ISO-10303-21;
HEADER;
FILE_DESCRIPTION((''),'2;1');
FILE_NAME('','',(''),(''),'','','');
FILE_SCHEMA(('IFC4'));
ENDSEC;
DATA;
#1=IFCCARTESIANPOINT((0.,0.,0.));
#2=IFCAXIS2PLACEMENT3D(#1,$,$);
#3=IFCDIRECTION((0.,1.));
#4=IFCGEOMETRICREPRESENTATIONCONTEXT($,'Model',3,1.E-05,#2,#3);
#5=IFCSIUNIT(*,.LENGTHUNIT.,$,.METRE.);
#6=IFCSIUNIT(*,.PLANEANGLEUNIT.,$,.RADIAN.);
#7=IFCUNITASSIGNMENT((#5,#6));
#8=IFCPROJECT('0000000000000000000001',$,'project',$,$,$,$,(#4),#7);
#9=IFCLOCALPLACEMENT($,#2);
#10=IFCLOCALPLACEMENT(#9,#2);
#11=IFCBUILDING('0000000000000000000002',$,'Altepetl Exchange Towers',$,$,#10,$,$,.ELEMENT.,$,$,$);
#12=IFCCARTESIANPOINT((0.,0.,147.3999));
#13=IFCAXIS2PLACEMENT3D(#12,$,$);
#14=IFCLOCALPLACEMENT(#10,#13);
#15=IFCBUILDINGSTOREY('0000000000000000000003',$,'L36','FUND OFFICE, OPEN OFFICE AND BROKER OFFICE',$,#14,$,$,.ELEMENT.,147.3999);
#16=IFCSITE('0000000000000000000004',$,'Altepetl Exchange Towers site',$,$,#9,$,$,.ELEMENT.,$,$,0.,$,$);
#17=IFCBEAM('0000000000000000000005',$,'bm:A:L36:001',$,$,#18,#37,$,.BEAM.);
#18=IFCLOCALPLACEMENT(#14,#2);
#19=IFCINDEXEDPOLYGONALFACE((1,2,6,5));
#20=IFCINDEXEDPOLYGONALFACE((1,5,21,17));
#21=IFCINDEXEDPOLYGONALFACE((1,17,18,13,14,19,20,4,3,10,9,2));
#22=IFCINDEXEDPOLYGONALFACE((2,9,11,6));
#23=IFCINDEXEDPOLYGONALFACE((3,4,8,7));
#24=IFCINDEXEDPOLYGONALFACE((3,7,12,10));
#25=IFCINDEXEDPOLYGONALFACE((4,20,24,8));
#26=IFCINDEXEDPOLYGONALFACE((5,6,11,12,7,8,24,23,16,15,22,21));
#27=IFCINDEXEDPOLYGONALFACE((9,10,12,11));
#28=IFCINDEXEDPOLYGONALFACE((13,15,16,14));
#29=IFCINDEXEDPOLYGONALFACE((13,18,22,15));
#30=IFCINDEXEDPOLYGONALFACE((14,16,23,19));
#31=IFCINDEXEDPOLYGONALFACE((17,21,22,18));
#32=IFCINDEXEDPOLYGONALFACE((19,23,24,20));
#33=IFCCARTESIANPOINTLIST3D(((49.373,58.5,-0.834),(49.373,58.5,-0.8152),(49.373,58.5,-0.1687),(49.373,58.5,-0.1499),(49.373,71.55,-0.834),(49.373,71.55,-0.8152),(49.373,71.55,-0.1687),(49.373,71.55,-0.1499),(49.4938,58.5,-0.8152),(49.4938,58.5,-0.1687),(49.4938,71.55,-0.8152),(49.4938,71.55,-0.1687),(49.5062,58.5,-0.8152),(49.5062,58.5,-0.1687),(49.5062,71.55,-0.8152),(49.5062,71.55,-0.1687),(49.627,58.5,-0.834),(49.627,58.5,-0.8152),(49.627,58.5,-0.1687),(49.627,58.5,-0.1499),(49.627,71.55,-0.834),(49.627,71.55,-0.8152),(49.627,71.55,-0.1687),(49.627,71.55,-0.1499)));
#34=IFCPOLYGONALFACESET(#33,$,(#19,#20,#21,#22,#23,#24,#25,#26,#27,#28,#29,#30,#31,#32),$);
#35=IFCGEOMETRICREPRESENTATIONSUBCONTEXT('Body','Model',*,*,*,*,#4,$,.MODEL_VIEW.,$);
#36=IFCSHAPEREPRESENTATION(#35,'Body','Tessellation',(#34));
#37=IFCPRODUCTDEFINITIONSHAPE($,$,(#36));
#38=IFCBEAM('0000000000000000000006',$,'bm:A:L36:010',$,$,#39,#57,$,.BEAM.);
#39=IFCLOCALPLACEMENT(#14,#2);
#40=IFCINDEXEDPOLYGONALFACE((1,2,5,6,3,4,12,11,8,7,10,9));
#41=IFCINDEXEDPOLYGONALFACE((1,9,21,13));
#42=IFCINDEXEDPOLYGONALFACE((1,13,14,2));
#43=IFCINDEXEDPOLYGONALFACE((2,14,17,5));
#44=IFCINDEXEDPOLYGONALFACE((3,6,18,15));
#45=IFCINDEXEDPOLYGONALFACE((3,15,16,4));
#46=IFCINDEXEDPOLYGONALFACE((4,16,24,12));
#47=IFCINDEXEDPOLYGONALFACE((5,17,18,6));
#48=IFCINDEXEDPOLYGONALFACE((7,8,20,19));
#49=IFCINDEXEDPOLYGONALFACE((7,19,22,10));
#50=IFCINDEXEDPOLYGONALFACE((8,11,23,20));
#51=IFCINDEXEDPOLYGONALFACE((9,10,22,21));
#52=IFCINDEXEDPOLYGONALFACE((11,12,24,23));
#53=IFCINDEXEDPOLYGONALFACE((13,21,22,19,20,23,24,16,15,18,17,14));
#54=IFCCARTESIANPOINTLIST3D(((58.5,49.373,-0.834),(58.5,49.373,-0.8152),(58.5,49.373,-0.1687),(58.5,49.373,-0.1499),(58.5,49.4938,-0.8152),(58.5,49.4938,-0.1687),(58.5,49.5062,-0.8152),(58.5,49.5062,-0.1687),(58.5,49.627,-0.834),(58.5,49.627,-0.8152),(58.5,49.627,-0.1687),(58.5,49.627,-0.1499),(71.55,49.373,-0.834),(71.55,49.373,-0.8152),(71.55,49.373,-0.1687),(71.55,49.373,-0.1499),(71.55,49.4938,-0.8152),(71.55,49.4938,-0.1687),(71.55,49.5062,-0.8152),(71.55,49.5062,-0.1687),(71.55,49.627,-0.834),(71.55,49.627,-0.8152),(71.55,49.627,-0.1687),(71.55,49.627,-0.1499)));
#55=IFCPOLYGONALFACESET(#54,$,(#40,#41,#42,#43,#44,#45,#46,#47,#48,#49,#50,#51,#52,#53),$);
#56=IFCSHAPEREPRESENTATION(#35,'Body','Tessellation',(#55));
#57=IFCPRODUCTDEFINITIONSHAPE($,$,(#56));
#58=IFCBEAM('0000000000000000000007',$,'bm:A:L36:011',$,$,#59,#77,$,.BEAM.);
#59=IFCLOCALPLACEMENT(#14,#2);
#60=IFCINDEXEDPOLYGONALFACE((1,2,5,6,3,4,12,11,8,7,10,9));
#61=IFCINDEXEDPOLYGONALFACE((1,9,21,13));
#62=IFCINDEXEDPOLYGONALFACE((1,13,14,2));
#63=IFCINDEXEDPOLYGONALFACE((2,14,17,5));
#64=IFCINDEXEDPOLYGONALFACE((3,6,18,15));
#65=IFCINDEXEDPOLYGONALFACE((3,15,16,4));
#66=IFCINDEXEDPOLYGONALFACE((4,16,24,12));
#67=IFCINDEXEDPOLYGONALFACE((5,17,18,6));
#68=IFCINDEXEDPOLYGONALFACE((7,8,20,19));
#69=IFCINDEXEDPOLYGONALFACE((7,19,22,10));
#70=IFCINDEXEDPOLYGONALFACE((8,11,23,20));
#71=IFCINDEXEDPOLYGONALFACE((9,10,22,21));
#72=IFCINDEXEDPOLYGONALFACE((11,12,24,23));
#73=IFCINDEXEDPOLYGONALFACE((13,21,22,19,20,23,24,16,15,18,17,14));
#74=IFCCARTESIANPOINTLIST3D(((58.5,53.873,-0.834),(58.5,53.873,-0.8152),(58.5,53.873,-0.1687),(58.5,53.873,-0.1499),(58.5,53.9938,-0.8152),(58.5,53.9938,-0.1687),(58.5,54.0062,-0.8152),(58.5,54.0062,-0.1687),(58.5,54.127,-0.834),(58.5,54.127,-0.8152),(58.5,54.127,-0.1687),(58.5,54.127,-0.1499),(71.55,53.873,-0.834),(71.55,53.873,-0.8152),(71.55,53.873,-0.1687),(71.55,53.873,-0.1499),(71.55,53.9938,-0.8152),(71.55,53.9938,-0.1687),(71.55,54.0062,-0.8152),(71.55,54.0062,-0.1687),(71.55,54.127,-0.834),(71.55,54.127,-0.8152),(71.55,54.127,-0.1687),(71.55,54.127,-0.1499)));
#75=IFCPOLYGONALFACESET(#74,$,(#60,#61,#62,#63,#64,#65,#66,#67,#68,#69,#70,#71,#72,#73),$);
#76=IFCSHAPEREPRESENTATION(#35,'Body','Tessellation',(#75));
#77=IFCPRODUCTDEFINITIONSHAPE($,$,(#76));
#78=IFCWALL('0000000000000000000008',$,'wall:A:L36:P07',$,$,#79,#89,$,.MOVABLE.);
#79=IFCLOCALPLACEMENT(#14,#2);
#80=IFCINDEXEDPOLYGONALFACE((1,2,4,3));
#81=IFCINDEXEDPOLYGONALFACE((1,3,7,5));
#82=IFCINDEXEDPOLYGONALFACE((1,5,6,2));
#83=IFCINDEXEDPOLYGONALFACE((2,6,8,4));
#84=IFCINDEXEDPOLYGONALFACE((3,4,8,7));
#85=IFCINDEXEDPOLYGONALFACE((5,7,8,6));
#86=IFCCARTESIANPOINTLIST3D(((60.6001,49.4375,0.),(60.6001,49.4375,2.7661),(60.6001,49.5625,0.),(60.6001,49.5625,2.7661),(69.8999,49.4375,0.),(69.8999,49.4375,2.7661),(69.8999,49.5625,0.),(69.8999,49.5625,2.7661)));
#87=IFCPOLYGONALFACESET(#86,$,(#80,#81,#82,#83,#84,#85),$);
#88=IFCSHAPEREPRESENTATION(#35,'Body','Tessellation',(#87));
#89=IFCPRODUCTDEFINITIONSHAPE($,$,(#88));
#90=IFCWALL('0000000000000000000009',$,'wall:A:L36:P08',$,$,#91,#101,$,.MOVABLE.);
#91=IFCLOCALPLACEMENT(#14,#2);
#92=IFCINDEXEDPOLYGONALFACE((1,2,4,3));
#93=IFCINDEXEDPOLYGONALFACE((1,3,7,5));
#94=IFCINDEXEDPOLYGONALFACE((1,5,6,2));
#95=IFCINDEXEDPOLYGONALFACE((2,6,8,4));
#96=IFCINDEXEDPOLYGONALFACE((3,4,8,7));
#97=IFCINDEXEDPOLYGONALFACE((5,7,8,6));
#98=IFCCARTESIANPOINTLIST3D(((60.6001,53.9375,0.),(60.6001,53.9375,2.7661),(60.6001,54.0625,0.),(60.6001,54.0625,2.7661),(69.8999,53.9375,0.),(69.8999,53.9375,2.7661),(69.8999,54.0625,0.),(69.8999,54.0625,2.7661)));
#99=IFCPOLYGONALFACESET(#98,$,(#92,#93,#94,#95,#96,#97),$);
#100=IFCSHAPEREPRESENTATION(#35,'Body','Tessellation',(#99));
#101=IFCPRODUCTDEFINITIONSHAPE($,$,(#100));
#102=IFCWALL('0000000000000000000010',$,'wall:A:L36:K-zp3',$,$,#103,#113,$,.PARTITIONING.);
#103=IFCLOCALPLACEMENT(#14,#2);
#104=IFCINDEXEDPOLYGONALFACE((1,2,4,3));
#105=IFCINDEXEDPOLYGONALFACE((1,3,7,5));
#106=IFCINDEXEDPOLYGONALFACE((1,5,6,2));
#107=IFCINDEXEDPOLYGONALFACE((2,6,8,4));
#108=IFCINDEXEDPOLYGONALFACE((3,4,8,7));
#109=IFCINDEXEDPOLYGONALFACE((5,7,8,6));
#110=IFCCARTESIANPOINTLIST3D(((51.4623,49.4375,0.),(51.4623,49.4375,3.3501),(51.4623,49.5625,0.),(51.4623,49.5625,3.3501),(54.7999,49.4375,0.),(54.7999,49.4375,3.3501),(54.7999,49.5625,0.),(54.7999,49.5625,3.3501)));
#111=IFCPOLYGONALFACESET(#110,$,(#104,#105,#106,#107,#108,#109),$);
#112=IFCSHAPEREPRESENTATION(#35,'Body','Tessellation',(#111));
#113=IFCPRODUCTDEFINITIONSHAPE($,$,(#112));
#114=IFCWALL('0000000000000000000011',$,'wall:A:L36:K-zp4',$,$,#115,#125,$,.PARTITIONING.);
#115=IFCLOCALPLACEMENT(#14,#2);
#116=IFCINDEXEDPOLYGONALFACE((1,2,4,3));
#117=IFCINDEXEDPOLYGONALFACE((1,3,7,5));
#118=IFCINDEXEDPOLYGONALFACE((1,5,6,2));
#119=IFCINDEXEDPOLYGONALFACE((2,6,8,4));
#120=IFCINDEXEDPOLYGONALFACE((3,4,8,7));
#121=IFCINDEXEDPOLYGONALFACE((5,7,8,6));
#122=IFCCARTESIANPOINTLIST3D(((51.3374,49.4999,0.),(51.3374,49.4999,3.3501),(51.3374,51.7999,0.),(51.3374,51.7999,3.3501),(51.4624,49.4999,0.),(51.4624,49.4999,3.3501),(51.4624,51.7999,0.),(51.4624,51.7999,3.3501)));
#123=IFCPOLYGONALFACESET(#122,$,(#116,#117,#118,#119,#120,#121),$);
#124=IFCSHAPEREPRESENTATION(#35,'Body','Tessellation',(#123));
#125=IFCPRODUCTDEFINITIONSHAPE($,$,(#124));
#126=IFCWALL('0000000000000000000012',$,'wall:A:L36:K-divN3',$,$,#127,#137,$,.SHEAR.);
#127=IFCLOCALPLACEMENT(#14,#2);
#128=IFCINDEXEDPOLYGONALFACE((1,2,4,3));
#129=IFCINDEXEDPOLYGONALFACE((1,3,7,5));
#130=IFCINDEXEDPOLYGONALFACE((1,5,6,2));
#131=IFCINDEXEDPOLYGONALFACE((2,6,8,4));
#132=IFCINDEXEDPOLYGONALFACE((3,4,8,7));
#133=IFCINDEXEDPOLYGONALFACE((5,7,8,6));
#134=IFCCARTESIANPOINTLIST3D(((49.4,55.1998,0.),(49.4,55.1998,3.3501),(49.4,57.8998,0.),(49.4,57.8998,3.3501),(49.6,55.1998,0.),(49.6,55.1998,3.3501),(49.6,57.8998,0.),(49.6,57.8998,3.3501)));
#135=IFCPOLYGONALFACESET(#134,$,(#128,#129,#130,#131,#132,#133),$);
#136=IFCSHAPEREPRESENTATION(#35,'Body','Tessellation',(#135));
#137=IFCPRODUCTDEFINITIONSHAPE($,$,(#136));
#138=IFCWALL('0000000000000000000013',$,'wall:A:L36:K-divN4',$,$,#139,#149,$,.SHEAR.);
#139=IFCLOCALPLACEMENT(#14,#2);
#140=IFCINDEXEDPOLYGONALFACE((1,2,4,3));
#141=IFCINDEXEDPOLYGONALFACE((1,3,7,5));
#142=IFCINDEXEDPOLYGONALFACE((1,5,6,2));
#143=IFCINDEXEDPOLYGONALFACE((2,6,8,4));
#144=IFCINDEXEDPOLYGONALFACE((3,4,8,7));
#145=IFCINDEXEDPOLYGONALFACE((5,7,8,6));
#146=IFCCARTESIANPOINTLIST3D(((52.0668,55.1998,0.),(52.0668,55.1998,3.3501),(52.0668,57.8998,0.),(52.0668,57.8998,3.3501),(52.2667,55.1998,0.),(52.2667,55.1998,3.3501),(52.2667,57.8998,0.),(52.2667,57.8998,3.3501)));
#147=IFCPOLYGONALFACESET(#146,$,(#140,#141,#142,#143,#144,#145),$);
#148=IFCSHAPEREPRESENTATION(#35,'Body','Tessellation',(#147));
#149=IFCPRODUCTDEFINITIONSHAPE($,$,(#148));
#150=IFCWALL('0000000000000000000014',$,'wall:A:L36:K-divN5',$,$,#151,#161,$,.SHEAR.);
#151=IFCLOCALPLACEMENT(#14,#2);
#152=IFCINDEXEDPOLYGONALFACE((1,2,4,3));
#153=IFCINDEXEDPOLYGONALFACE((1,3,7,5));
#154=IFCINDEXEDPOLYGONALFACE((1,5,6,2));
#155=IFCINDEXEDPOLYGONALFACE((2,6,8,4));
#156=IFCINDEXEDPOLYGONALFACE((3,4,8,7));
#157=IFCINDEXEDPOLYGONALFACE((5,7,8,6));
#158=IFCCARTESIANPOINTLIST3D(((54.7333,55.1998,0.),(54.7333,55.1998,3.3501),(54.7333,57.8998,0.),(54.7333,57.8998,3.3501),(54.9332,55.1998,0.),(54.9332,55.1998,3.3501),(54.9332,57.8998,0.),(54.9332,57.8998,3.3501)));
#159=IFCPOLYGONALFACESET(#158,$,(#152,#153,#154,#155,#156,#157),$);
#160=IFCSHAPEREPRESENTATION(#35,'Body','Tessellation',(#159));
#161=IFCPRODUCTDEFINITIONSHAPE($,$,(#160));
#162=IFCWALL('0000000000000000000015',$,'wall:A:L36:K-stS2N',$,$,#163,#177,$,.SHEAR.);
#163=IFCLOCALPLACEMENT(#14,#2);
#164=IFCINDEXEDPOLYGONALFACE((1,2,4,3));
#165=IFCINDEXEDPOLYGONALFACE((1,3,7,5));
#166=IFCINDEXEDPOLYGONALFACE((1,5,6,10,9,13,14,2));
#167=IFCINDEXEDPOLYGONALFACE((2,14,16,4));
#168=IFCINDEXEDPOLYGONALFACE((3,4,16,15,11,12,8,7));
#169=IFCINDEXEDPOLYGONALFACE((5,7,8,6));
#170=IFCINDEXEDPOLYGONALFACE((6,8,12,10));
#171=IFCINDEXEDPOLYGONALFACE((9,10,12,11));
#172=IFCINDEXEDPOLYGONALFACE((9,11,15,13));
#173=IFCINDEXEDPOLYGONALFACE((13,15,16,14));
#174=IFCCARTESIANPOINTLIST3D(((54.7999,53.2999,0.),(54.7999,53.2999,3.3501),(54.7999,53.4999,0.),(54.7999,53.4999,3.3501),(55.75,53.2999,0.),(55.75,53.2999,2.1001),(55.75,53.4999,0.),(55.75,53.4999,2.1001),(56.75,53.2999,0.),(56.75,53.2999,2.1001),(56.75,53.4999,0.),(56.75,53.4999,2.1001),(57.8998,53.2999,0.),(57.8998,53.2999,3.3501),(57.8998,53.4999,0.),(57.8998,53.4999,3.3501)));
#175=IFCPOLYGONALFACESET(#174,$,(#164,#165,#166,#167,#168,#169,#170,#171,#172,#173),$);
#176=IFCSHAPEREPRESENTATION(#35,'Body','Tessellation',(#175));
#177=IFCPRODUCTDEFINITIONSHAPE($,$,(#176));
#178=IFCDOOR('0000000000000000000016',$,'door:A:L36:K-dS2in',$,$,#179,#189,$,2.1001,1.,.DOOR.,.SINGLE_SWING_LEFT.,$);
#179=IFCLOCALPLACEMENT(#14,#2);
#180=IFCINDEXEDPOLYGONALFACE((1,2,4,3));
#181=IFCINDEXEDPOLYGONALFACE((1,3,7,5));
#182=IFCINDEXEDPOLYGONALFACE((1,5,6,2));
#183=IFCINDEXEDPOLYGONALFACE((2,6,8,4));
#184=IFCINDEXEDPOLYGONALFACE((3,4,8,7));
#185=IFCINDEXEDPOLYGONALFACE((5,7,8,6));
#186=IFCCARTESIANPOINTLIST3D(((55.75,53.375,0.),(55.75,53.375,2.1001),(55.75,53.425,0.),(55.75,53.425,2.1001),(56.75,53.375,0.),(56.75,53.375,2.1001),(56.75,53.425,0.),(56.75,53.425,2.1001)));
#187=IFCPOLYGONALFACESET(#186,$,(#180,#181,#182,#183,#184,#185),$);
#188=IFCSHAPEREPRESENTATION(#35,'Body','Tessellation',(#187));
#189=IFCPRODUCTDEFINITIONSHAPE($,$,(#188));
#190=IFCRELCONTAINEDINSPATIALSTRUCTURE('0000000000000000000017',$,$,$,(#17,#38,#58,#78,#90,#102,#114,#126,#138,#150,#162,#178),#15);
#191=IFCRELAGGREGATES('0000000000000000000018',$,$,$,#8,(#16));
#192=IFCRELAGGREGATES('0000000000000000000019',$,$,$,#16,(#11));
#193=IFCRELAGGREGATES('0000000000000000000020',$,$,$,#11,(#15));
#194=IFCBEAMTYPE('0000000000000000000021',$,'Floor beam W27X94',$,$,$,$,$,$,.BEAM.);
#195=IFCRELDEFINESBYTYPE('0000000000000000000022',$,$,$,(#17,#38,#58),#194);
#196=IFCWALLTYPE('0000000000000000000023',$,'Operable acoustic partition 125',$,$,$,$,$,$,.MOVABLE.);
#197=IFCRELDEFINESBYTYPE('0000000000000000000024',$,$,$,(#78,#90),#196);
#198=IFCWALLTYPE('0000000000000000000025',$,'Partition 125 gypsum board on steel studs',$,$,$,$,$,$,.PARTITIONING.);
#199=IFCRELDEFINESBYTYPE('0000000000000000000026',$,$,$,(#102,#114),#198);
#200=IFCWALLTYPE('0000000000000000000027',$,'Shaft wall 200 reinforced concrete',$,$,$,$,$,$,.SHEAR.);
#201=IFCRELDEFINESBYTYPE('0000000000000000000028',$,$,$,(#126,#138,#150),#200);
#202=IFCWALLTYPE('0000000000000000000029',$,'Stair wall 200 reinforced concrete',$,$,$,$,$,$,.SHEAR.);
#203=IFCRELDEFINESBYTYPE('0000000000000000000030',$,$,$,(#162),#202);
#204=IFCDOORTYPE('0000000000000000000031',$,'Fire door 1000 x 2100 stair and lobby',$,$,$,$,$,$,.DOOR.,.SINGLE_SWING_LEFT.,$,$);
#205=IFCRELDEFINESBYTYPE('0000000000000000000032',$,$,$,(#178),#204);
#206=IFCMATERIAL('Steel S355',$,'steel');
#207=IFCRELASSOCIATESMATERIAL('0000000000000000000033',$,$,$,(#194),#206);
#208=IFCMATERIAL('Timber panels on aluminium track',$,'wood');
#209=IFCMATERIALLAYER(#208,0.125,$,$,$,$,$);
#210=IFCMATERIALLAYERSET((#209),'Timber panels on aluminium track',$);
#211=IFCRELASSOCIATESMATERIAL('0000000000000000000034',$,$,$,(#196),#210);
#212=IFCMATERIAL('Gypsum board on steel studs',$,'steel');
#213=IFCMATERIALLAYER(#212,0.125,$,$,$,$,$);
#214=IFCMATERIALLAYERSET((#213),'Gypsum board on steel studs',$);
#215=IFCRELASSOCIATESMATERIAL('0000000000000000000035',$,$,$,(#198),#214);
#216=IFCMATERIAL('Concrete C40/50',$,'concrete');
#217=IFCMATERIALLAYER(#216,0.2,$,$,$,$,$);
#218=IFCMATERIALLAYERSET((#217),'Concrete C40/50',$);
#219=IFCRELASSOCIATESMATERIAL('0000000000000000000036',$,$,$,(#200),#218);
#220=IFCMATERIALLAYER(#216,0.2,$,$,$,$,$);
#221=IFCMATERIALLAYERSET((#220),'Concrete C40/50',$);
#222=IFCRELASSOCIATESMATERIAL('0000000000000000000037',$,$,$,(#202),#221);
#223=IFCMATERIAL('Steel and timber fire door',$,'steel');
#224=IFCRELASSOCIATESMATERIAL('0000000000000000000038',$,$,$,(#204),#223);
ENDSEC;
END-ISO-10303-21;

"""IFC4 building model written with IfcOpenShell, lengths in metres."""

from ifc_helpers import new_model, si_unit, direction, frame, frame_2d, origin, origin_2d, place, context, subcontext, project, spatial, rectangle, i_section, extrude, material, layer, layer_set, material_profile, profile_set, type_object, element, fill, save


model = new_model("IFC4")

# Units and contexts
model_context = context("Model", 3, precision=1e-05, world=origin(), true_north=direction((0.0, 1.0)))
body_context = subcontext(model_context, "Body", "Model", "MODEL_VIEW")
ifc_project = project(units=[si_unit("LENGTHUNIT", "METRE"), si_unit("PLANEANGLEUNIT", "RADIAN")], contexts=[model_context])

# Site, building, storey
site_placement = place(None, origin())
site = spatial("IfcSite", under=ifc_project, at=site_placement, Name="Altepetl Exchange Towers site", CompositionType="ELEMENT", RefElevation=0.0)
building_placement = place(site_placement, origin())
building = spatial("IfcBuilding", under=site, at=building_placement, Name="Altepetl Exchange Towers", CompositionType="ELEMENT")
storey_placement = place(building_placement, frame((0.0, 0.0, 147.3999)))
storey = spatial("IfcBuildingStorey", under=building, at=storey_placement, Name="L36", Description="FUND OFFICE, OPEN OFFICE AND BROKER OFFICE", CompositionType="ELEMENT", Elevation=147.3999)

# Beams
ifc_material_1 = material(Name="Steel S355", Category="steel")
ifc_material_profile = material_profile(ifc_material_1, i_section(OverallWidth=0.2539, OverallDepth=0.6841, WebThickness=0.0125, FlangeThickness=0.0188, at=origin_2d()), Name="W27X94")
ifc_profile_set = profile_set([ifc_material_profile], Name="Steel S355")
beam_type = type_object("IfcBeamType", Name="Floor beam W27X94", PredefinedType="BEAM", material=ifc_profile_set)
for number, where, z_axis, x_axis, name in (
    (1, (49.5, 58.5, -0.4919), (0.0, 1.0, 0.0), (-1.0, 0.0, 0.0), "bm:A:L36:001"),
    (2, (58.5, 49.5, -0.4919), (1.0, 0.0, 0.0), (0.0, 1.0, 0.0), "bm:A:L36:010"),
    (3, (58.5, 54.0, -0.4919), (1.0, 0.0, 0.0), (0.0, 1.0, 0.0), "bm:A:L36:011"),
):
    element("IfcBeam", number, at=place(storey_placement, frame(where, z_axis=z_axis, x_axis=x_axis)), inside=storey, type_object=beam_type, Name=name, PredefinedType="BEAM", context=body_context, shape_type="SweptSolid", body=[
        extrude(i_section(OverallWidth=0.2539, OverallDepth=0.6841, WebThickness=0.0125, FlangeThickness=0.0188, at=origin_2d()), origin(), (0.0, 0.0, 1.0), 13.05),
    ])

# Walls
ifc_material_2 = material(Name="Timber panels on aluminium track", Category="wood")
ifc_layer_1 = layer(ifc_material_2, 0.125)
ifc_layer_set_1 = layer_set([ifc_layer_1], Name="Timber panels on aluminium track")
wall_type_1 = type_object("IfcWallType", Name="Operable acoustic partition 125", PredefinedType="MOVABLE", material=ifc_layer_set_1)
for number, where, name in (
    (4, (60.6001, 49.5, 0.0), "wall:A:L36:P07"),
    (5, (60.6001, 54.0, 0.0), "wall:A:L36:P08"),
):
    element("IfcWall", number, at=place(storey_placement, frame(where)), inside=storey, type_object=wall_type_1, Name=name, PredefinedType="MOVABLE", context=body_context, shape_type="SweptSolid", body=[
        extrude(rectangle(XDim=9.2998, YDim=0.125, at=frame_2d((4.6499, 0.0))), origin(), (0.0, 0.0, 1.0), 2.7661),
    ])
ifc_material_3 = material(Name="Gypsum board on steel studs", Category="steel")
ifc_layer_2 = layer(ifc_material_3, 0.125)
ifc_layer_set_2 = layer_set([ifc_layer_2], Name="Gypsum board on steel studs")
wall_type_2 = type_object("IfcWallType", Name="Partition 125 gypsum board on steel studs", PredefinedType="PARTITIONING", material=ifc_layer_set_2)
wall_1_placement = place(storey_placement, frame((54.8, 49.5, 0.0), z_axis=(0.0, 0.0, 1.0), x_axis=(-1.0, 0.0, 0.0)))
element("IfcWall", 6, at=wall_1_placement, inside=storey, type_object=wall_type_2, Name="wall:A:L36:K-zp3", PredefinedType="PARTITIONING", context=body_context, shape_type="SweptSolid", body=[
    extrude(rectangle(XDim=3.3376, YDim=0.125, at=frame_2d((1.6689, 0.0))), origin(), (0.0, 0.0, 1.0), 3.3501),
])
wall_2_placement = place(storey_placement, frame((51.3999, 49.5, 0.0), z_axis=(0.0, 0.0, 1.0), x_axis=(0.0, 1.0, 0.0)))
element("IfcWall", 7, at=wall_2_placement, inside=storey, type_object=wall_type_2, Name="wall:A:L36:K-zp4", PredefinedType="PARTITIONING", context=body_context, shape_type="SweptSolid", body=[
    extrude(rectangle(XDim=2.3, YDim=0.125, at=frame_2d((1.1499, 0.0))), origin(), (0.0, 0.0, 1.0), 3.3501),
])
ifc_material_4 = material(Name="Concrete C40/50", Category="concrete")
ifc_layer_3 = layer(ifc_material_4, 0.2)
ifc_layer_set_3 = layer_set([ifc_layer_3], Name="Concrete C40/50")
wall_type_3 = type_object("IfcWallType", Name="Shaft wall 200 reinforced concrete", PredefinedType="SHEAR", material=ifc_layer_set_3)
for number, where, z_axis, x_axis, name in (
    (8, (49.5, 57.8999, 0.0), (0.0, 0.0, 1.0), (0.0, -1.0, 0.0), "wall:A:L36:K-divN3"),
    (9, (52.1667, 57.8999, 0.0), (0.0, 0.0, 1.0), (0.0, -1.0, 0.0), "wall:A:L36:K-divN4"),
    (10, (54.8333, 57.8999, 0.0), (0.0, 0.0, 1.0), (0.0, -1.0, 0.0), "wall:A:L36:K-divN5"),
):
    element("IfcWall", number, at=place(storey_placement, frame(where, z_axis=z_axis, x_axis=x_axis)), inside=storey, type_object=wall_type_3, Name=name, PredefinedType="SHEAR", context=body_context, shape_type="SweptSolid", body=[
        extrude(rectangle(XDim=2.7, YDim=0.2, at=frame_2d((1.3501, 0.0))), origin(), (0.0, 0.0, 1.0), 3.3501),
    ])

# Wall, opening, door
ifc_layer_4 = layer(ifc_material_4, 0.2)
ifc_layer_set_4 = layer_set([ifc_layer_4], Name="Concrete C40/50")
wall_type_4 = type_object("IfcWallType", Name="Stair wall 200 reinforced concrete", PredefinedType="SHEAR", material=ifc_layer_set_4)
wall_3_placement = place(storey_placement, frame((54.8, 53.3999, 0.0)))
wall_3 = element("IfcWall", 11, at=wall_3_placement, inside=storey, type_object=wall_type_4, Name="wall:A:L36:K-stS2N", PredefinedType="SHEAR", context=body_context, shape_type="SweptSolid", body=[
    extrude(rectangle(XDim=3.0999, YDim=0.2, at=frame_2d((1.5498, 0.0))), origin(), (0.0, 0.0, 1.0), 3.3501),
])
opening_placement = place(wall_3_placement, frame((0.95, 0.0, 0.0)))
opening = element("IfcOpeningElement", 12, at=opening_placement, cuts=wall_3, PredefinedType="OPENING", context=body_context, shape_type="SweptSolid", body=[
    extrude(rectangle(XDim=1.0, YDim=2.1001, at=frame_2d((0.5, 1.05))), frame((0.0, 0.1099, 0.0), z_axis=(0.0, -1.0, 0.0), x_axis=(1.0, 0.0, 0.0)), (0.0, 0.0, 1.0), 0.22),
])
ifc_material_5 = material(Name="Steel and timber fire door", Category="steel")
door_type = type_object("IfcDoorType", Name="Fire door 1000 x 2100 stair and lobby", OperationType="SINGLE_SWING_LEFT", PredefinedType="DOOR", material=ifc_material_5)
door_placement = place(opening_placement, frame((1.0, 0.0, 0.0), x_axis=(-1.0, 0.0, 0.0)))
door = element("IfcDoor", 13, at=door_placement, inside=storey, type_object=door_type, Name="door:A:L36:K-dS2in", OperationType="SINGLE_SWING_LEFT", OverallHeight=2.1001, OverallWidth=1.0, PredefinedType="DOOR", context=body_context, shape_type="SweptSolid", body=[
    extrude(rectangle(XDim=1.0, YDim=2.1001, at=frame_2d((0.5, 1.05))), frame((0.0, 0.0249, 0.0), z_axis=(0.0, -1.0, 0.0), x_axis=(1.0, 0.0, 0.0)), (0.0, 0.0, 1.0), 0.05),
])
fill(opening, door)

save(model, "model.ifc")
